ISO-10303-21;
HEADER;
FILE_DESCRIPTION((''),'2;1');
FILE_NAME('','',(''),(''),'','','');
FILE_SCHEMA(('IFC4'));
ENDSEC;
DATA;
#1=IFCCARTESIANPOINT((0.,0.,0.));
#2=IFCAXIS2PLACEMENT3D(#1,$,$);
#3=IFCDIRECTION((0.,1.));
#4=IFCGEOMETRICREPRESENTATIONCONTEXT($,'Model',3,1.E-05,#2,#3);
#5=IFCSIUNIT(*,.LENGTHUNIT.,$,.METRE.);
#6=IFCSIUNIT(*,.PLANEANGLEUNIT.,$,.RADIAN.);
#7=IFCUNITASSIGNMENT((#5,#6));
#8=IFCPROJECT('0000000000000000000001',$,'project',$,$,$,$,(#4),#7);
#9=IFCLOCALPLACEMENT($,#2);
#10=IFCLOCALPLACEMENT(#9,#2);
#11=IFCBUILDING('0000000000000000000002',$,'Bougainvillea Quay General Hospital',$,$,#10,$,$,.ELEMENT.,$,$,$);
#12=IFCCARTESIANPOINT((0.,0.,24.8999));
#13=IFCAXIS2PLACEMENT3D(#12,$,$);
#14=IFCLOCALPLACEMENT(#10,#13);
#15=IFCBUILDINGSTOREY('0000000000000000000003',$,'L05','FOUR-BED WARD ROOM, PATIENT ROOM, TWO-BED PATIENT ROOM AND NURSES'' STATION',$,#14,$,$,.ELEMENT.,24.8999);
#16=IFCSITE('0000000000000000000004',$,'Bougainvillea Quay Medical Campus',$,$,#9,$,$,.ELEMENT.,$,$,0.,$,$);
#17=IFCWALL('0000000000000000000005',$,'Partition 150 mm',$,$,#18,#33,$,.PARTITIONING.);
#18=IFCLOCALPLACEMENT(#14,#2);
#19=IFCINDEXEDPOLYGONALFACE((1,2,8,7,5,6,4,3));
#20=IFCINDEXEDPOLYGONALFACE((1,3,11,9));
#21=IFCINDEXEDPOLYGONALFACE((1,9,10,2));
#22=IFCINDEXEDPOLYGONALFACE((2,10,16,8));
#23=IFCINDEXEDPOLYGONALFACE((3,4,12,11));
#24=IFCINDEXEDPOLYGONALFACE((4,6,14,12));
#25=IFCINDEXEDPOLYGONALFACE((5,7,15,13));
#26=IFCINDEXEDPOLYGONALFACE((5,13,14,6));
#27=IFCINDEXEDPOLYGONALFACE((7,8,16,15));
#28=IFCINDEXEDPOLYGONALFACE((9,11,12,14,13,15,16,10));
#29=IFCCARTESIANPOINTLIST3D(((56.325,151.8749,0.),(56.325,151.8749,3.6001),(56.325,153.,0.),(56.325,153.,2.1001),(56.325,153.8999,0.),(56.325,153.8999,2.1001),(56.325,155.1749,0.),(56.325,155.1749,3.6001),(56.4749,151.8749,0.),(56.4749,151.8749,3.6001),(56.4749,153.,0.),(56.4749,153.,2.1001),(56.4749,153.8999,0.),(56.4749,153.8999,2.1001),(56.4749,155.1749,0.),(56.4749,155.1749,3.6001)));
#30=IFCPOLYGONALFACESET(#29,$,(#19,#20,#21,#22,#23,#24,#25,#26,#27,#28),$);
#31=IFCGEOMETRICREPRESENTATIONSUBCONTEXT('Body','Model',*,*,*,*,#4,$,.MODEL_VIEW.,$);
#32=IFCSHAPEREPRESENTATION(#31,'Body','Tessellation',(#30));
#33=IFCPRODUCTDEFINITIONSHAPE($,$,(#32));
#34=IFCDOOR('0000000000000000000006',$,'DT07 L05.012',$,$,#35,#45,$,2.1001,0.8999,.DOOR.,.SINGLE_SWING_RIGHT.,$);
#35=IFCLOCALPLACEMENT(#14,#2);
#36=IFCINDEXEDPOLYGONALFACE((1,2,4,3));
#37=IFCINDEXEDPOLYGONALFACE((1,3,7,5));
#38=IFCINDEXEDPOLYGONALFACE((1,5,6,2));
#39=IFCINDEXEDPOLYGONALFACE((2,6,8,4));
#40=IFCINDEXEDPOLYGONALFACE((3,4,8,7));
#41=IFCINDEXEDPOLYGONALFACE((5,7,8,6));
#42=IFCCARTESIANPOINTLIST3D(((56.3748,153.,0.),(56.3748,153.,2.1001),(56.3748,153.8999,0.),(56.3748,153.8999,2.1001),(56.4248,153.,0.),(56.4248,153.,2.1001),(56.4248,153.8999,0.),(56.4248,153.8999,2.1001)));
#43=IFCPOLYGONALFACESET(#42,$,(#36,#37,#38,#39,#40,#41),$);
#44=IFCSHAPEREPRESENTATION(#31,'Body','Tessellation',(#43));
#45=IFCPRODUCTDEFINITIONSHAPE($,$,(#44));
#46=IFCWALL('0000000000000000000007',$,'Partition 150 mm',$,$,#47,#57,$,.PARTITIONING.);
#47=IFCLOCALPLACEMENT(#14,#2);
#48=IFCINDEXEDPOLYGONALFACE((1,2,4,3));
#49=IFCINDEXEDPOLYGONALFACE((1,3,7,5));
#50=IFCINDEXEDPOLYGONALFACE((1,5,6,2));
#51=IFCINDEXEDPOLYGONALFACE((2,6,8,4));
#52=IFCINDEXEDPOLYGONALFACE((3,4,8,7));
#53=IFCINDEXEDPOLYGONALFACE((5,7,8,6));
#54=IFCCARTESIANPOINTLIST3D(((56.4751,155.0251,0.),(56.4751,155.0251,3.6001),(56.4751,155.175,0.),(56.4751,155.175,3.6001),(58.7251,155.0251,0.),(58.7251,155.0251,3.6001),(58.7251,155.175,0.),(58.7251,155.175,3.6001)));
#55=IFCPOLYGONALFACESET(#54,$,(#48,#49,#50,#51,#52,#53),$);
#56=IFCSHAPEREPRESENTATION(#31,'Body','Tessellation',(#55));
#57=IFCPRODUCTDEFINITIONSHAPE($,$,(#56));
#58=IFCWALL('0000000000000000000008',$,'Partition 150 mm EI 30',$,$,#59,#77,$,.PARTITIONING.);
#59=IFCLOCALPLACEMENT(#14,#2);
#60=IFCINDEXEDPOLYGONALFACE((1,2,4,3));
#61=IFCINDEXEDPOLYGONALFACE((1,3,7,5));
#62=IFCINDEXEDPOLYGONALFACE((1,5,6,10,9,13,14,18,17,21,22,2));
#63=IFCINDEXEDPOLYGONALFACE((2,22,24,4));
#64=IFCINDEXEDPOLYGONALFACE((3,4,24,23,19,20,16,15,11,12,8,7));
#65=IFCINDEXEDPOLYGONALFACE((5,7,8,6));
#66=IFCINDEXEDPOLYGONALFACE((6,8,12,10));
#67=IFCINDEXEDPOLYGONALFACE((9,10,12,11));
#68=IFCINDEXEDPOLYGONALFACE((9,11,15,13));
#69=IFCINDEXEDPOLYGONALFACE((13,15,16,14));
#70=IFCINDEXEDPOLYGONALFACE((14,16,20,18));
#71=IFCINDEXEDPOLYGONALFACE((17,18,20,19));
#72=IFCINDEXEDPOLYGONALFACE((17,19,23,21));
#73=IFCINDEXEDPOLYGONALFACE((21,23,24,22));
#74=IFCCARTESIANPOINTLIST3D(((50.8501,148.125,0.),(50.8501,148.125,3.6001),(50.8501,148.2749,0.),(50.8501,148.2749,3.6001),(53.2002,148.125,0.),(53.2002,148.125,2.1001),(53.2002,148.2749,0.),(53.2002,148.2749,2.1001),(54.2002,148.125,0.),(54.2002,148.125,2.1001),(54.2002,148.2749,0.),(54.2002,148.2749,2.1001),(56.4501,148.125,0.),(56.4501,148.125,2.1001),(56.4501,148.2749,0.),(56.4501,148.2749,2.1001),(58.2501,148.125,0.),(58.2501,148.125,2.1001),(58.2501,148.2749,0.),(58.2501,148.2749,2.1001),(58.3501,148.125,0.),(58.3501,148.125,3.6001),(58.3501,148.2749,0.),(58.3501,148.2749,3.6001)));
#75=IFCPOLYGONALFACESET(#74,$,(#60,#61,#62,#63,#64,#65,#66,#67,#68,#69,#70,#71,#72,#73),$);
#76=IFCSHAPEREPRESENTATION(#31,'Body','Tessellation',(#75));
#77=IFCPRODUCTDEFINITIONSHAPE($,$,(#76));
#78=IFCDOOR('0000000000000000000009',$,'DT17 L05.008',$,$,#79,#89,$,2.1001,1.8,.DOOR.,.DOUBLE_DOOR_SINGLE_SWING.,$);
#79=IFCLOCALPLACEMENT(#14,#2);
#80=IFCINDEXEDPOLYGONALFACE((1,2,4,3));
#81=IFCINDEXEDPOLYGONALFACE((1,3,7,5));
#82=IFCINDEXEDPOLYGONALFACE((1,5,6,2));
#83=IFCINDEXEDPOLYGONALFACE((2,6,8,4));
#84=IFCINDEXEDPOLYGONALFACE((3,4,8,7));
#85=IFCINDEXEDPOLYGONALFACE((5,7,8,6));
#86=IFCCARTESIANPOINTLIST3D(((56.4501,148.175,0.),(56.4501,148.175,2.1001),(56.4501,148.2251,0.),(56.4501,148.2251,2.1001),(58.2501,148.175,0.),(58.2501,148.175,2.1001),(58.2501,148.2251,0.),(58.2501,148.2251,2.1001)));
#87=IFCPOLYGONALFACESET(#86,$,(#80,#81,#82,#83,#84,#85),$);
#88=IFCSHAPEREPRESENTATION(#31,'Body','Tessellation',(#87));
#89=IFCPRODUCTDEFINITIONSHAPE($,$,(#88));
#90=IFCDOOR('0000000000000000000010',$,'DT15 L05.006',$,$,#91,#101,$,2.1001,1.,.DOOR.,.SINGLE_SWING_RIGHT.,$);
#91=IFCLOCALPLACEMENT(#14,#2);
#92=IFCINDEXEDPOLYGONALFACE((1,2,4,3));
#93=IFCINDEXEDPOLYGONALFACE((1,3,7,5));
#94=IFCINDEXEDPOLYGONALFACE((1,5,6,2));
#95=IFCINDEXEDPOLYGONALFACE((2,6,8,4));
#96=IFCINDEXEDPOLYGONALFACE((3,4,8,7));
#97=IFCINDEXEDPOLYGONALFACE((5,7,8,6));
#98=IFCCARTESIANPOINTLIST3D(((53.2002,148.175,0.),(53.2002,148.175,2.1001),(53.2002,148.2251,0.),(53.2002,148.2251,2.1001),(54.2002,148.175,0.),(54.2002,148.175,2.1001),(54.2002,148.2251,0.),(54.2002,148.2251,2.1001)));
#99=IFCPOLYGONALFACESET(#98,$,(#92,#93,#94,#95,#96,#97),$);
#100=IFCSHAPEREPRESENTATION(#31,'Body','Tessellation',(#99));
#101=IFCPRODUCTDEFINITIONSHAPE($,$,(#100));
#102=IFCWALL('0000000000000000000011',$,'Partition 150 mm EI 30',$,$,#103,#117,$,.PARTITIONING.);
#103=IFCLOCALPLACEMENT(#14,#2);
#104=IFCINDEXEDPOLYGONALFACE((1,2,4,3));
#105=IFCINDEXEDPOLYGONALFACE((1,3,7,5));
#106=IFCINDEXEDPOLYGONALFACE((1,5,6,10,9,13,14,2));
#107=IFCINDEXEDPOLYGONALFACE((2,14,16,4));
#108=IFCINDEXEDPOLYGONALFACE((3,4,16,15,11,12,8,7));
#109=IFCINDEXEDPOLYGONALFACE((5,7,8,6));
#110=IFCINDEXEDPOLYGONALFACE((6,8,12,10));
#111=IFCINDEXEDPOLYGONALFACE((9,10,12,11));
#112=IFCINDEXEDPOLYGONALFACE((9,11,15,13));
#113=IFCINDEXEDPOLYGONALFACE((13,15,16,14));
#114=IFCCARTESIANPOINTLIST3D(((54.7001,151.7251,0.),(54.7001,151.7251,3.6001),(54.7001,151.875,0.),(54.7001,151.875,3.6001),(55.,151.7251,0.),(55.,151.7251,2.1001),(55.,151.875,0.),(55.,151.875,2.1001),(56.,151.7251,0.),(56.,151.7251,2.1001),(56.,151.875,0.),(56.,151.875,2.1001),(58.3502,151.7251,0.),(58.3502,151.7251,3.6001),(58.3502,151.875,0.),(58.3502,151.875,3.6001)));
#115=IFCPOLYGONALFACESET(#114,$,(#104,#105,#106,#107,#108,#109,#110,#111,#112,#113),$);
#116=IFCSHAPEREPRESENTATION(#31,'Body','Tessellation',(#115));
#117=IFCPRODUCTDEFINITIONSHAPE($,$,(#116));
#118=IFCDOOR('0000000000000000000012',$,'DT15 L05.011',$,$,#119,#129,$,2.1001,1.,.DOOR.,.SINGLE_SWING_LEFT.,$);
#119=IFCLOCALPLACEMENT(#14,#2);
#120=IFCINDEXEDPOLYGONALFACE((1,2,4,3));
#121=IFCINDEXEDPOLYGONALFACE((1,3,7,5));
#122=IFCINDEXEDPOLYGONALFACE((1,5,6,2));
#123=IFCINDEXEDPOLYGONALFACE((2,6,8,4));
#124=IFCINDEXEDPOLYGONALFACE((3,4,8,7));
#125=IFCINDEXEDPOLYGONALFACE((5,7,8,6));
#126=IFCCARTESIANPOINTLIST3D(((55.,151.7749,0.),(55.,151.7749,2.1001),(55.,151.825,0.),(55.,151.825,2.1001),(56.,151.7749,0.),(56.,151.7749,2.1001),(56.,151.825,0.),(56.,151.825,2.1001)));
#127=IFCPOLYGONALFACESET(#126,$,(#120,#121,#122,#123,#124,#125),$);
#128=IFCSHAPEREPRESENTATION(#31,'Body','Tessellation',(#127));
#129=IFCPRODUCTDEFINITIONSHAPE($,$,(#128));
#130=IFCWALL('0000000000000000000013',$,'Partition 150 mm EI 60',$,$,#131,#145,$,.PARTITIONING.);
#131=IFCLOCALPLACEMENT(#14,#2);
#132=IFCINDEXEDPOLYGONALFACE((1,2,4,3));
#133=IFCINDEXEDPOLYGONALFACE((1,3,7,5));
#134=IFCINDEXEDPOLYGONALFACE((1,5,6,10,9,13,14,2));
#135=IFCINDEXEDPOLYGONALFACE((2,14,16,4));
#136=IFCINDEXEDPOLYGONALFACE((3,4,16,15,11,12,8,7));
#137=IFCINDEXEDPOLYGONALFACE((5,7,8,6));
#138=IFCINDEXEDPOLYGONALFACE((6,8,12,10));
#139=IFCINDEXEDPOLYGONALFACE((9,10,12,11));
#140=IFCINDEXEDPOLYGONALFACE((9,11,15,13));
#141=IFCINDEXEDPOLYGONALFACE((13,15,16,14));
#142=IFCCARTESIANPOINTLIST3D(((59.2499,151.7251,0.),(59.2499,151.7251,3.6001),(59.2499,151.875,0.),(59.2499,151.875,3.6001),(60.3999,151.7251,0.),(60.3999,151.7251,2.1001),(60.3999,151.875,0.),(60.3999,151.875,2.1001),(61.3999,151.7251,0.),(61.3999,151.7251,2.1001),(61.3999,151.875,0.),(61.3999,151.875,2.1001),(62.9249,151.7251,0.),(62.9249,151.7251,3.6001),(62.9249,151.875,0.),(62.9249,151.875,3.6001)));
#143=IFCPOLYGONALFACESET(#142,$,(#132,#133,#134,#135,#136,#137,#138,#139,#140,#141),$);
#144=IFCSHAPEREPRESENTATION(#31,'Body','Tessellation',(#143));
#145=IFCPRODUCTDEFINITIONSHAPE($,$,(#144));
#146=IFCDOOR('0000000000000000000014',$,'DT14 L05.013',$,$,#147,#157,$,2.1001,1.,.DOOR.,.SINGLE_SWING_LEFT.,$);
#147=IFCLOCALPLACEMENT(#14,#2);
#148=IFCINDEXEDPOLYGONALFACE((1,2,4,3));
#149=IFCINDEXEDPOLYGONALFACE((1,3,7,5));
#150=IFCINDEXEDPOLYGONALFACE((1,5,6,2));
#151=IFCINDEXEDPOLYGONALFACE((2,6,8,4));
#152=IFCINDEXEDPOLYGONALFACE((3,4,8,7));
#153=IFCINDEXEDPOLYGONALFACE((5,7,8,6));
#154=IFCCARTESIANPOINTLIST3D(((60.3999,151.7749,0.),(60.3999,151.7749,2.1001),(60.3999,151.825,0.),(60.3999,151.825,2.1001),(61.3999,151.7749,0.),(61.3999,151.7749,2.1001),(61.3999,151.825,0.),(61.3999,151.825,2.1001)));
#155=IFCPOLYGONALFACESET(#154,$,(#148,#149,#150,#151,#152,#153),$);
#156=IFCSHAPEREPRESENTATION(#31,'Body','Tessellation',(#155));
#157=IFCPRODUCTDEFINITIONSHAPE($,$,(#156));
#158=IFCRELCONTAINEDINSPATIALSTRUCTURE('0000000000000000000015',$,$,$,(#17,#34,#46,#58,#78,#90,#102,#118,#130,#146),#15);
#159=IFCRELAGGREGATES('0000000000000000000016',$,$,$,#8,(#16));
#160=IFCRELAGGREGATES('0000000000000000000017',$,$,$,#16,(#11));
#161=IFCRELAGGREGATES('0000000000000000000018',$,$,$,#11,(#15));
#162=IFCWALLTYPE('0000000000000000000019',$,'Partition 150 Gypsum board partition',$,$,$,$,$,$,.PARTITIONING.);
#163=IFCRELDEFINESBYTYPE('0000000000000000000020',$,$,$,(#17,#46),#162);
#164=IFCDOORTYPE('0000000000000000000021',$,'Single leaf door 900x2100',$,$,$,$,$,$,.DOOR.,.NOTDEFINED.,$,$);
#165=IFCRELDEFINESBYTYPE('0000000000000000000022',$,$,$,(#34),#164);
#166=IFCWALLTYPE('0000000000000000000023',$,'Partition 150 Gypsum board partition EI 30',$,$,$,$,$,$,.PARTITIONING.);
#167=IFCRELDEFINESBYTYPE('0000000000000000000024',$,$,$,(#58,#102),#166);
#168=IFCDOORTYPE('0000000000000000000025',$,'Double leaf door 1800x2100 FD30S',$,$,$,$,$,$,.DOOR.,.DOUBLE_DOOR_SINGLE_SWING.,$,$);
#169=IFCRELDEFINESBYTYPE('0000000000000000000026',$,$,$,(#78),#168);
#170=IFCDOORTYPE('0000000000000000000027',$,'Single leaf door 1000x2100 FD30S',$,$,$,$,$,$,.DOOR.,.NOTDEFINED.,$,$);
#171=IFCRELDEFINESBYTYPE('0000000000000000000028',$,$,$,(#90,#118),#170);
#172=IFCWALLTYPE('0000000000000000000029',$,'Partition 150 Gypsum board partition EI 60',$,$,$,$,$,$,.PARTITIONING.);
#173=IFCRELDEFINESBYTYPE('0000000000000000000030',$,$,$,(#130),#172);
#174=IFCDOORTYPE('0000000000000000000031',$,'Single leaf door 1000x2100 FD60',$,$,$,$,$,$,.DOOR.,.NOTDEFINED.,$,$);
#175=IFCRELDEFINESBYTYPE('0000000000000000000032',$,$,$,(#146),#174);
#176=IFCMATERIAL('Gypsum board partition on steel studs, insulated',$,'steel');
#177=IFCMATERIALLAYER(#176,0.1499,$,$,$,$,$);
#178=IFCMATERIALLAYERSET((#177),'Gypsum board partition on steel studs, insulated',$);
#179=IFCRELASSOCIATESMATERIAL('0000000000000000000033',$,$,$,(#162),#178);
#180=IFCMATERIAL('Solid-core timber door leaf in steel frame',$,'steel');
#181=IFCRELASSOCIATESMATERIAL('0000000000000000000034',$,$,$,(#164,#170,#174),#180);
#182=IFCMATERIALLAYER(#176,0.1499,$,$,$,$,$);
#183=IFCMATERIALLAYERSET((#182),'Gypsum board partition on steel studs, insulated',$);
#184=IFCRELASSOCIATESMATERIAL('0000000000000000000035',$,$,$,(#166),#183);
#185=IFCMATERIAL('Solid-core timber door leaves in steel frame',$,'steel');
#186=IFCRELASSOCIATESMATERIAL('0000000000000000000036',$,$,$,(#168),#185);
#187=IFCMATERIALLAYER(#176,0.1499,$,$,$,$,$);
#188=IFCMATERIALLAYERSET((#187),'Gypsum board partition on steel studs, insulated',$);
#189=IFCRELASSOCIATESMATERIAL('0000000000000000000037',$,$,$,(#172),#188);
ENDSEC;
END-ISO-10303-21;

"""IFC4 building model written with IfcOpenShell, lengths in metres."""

from ifc_helpers import new_model, si_unit, direction, frame, frame_2d, origin, place, context, subcontext, project, spatial, rectangle, extrude, material, layer, layer_set, type_object, element, fill, save


model = new_model("IFC4")

# Units and contexts
model_context = context("Model", 3, precision=1e-05, world=origin(), true_north=direction((0.0, 1.0)))
body_context = subcontext(model_context, "Body", "Model", "MODEL_VIEW")
ifc_project = project(units=[si_unit("LENGTHUNIT", "METRE"), si_unit("PLANEANGLEUNIT", "RADIAN")], contexts=[model_context])

# Site, building, storey
site_placement = place(None, origin())
site = spatial("IfcSite", under=ifc_project, at=site_placement, Name="Bougainvillea Quay Medical Campus", CompositionType="ELEMENT", RefElevation=0.0)
building_placement = place(site_placement, origin())
building = spatial("IfcBuilding", under=site, at=building_placement, Name="Bougainvillea Quay General Hospital", CompositionType="ELEMENT")
storey_placement = place(building_placement, frame((0.0, 0.0, 24.8999)))
storey = spatial("IfcBuildingStorey", under=building, at=storey_placement, Name="L05", Description="FOUR-BED WARD ROOM, PATIENT ROOM, TWO-BED PATIENT ROOM AND NURSES' STATION", CompositionType="ELEMENT", Elevation=24.8999)

# Shared definitions
ifc_material_1 = material(Name="Gypsum board partition on steel studs, insulated", Category="steel")
ifc_layer_1 = layer(ifc_material_1, 0.1499)
ifc_layer_set_1 = layer_set([ifc_layer_1], Name="Gypsum board partition on steel studs, insulated")
wall_type_1 = type_object("IfcWallType", Name="Partition 150 Gypsum board partition", PredefinedType="PARTITIONING", material=ifc_layer_set_1)

# Wall, opening, door
wall_1_placement = place(storey_placement, frame((56.3999, 151.875, 0.0), z_axis=(0.0, 0.0, 1.0), x_axis=(0.0, 1.0, 0.0)))
wall_1 = element("IfcWall", 1, at=wall_1_placement, inside=storey, type_object=wall_type_1, Name="Partition 150 mm", PredefinedType="PARTITIONING", context=body_context, shape_type="SweptSolid", body=[
    extrude(rectangle(XDim=3.3, YDim=0.1499, at=frame_2d((1.6499, 0.0))), origin(), (0.0, 0.0, 1.0), 3.6001),
])
opening_1_placement = place(wall_1_placement, frame((1.125, 0.0, 0.0)))
opening_1 = element("IfcOpeningElement", 2, at=opening_1_placement, cuts=wall_1, PredefinedType="OPENING", context=body_context, shape_type="SweptSolid", body=[
    extrude(rectangle(XDim=0.8999, YDim=2.1001, at=frame_2d((0.45, 1.05))), frame((0.0, 0.085, 0.0), z_axis=(0.0, -1.0, 0.0), x_axis=(1.0, 0.0, 0.0)), (0.0, 0.0, 1.0), 0.1699),
])
ifc_material_2 = material(Name="Solid-core timber door leaf in steel frame", Category="steel")
door_type_1 = type_object("IfcDoorType", Name="Single leaf door 900x2100", OperationType="NOTDEFINED", PredefinedType="DOOR", material=ifc_material_2)
door_1_placement = place(opening_1_placement, frame((0.8999, 0.0, 0.0), z_axis=(0.0, 0.0, 1.0), x_axis=(-1.0, 0.0, 0.0)))
door_1 = element("IfcDoor", 3, at=door_1_placement, inside=storey, type_object=door_type_1, Name="DT07 L05.012", OperationType="SINGLE_SWING_RIGHT", OverallHeight=2.1001, OverallWidth=0.8999, PredefinedType="DOOR", context=body_context, shape_type="SweptSolid", body=[
    extrude(rectangle(XDim=0.8999, YDim=2.1001, at=frame_2d((0.45, 1.05))), frame((0.0, 0.0249, 0.0), z_axis=(0.0, -1.0, 0.0), x_axis=(1.0, 0.0, 0.0)), (0.0, 0.0, 1.0), 0.05),
])
fill(opening_1, door_1)

# Wall
wall_2_placement = place(storey_placement, frame((56.4751, 155.1001, 0.0), z_axis=(0.0, 0.0, 1.0), x_axis=(1.0, 0.0, 0.0)))
element("IfcWall", 4, at=wall_2_placement, inside=storey, type_object=wall_type_1, Name="Partition 150 mm", PredefinedType="PARTITIONING", context=body_context, shape_type="SweptSolid", body=[
    extrude(rectangle(XDim=2.25, YDim=0.1499, at=frame_2d((1.125, 0.0))), origin(), (0.0, 0.0, 1.0), 3.6001),
])

# Wall, openings, doors
ifc_layer_2 = layer(ifc_material_1, 0.1499)
ifc_layer_set_2 = layer_set([ifc_layer_2], Name="Gypsum board partition on steel studs, insulated")
wall_type_2 = type_object("IfcWallType", Name="Partition 150 Gypsum board partition EI 30", PredefinedType="PARTITIONING", material=ifc_layer_set_2)
wall_3_placement = place(storey_placement, frame((58.3501, 148.2, 0.0), z_axis=(0.0, 0.0, 1.0), x_axis=(-1.0, 0.0, 0.0)))
wall_3 = element("IfcWall", 5, at=wall_3_placement, inside=storey, type_object=wall_type_2, Name="Partition 150 mm EI 30", PredefinedType="PARTITIONING", context=body_context, shape_type="SweptSolid", body=[
    extrude(rectangle(XDim=7.5, YDim=0.1499, at=frame_2d((3.75, 0.0))), origin(), (0.0, 0.0, 1.0), 3.6001),
])
opening_2_placement = place(wall_3_placement, frame((4.1499, 0.0, 0.0)))
opening_2 = element("IfcOpeningElement", 6, at=opening_2_placement, cuts=wall_3, PredefinedType="OPENING", context=body_context, shape_type="SweptSolid", body=[
    extrude(rectangle(XDim=1.0, YDim=2.1001, at=frame_2d((0.5, 1.05))), frame((0.0, 0.085, 0.0), z_axis=(0.0, -1.0, 0.0), x_axis=(1.0, 0.0, 0.0)), (0.0, 0.0, 1.0), 0.1699),
])
opening_3_placement = place(wall_3_placement, frame((0.1001, 0.0, 0.0)))
opening_3 = element("IfcOpeningElement", 7, at=opening_3_placement, cuts=wall_3, PredefinedType="OPENING", context=body_context, shape_type="SweptSolid", body=[
    extrude(rectangle(XDim=1.8, YDim=2.1001, at=frame_2d((0.8999, 1.05))), frame((0.0, 0.085, 0.0), z_axis=(0.0, -1.0, 0.0), x_axis=(1.0, 0.0, 0.0)), (0.0, 0.0, 1.0), 0.1699),
])
ifc_material_3 = material(Name="Solid-core timber door leaves in steel frame", Category="steel")
door_type_2 = type_object("IfcDoorType", Name="Double leaf door 1800x2100 FD30S", OperationType="DOUBLE_DOOR_SINGLE_SWING", PredefinedType="DOOR", material=ifc_material_3)
door_2_placement = place(opening_3_placement, origin())
door_2 = element("IfcDoor", 8, at=door_2_placement, inside=storey, type_object=door_type_2, Name="DT17 L05.008", OperationType="DOUBLE_DOOR_SINGLE_SWING", OverallHeight=2.1001, OverallWidth=1.8, PredefinedType="DOOR", context=body_context, shape_type="SweptSolid", body=[
    extrude(rectangle(XDim=1.8, YDim=2.1001, at=frame_2d((0.8999, 1.05))), frame((0.0, 0.0249, 0.0), z_axis=(0.0, -1.0, 0.0), x_axis=(1.0, 0.0, 0.0)), (0.0, 0.0, 1.0), 0.05),
])
fill(opening_3, door_2)
door_type_3 = type_object("IfcDoorType", Name="Single leaf door 1000x2100 FD30S", OperationType="NOTDEFINED", PredefinedType="DOOR", material=ifc_material_2)
door_3_placement = place(opening_2_placement, origin())
door_3 = element("IfcDoor", 9, at=door_3_placement, inside=storey, type_object=door_type_3, Name="DT15 L05.006", OperationType="SINGLE_SWING_RIGHT", OverallHeight=2.1001, OverallWidth=1.0, PredefinedType="DOOR", context=body_context, shape_type="SweptSolid", body=[
    extrude(rectangle(XDim=1.0, YDim=2.1001, at=frame_2d((0.5, 1.05))), frame((0.0, 0.0249, 0.0), z_axis=(0.0, -1.0, 0.0), x_axis=(1.0, 0.0, 0.0)), (0.0, 0.0, 1.0), 0.05),
])
fill(opening_2, door_3)

# Walls, openings, doors
wall_4_placement = place(storey_placement, frame((54.7, 151.8, 0.0), z_axis=(0.0, 0.0, 1.0), x_axis=(1.0, 0.0, 0.0)))
wall_4 = element("IfcWall", 10, at=wall_4_placement, inside=storey, type_object=wall_type_2, Name="Partition 150 mm EI 30", PredefinedType="PARTITIONING", context=body_context, shape_type="SweptSolid", body=[
    extrude(rectangle(XDim=3.6501, YDim=0.1499, at=frame_2d((1.8252, 0.0))), origin(), (0.0, 0.0, 1.0), 3.6001),
])
opening_4_placement = place(wall_4_placement, frame((0.3, 0.0, 0.0)))
opening_4 = element("IfcOpeningElement", 11, at=opening_4_placement, cuts=wall_4, PredefinedType="OPENING", context=body_context, shape_type="SweptSolid", body=[
    extrude(rectangle(XDim=1.0, YDim=2.1001, at=frame_2d((0.5, 1.05))), frame((0.0, 0.085, 0.0), z_axis=(0.0, -1.0, 0.0), x_axis=(1.0, 0.0, 0.0)), (0.0, 0.0, 1.0), 0.1699),
])
door_4_placement = place(opening_4_placement, origin())
door_4 = element("IfcDoor", 12, at=door_4_placement, inside=storey, type_object=door_type_3, Name="DT15 L05.011", OperationType="SINGLE_SWING_LEFT", OverallHeight=2.1001, OverallWidth=1.0, PredefinedType="DOOR", context=body_context, shape_type="SweptSolid", body=[
    extrude(rectangle(XDim=1.0, YDim=2.1001, at=frame_2d((0.5, 1.05))), frame((0.0, 0.0249, 0.0), z_axis=(0.0, -1.0, 0.0), x_axis=(1.0, 0.0, 0.0)), (0.0, 0.0, 1.0), 0.05),
])
fill(opening_4, door_4)
ifc_layer_3 = layer(ifc_material_1, 0.1499)
ifc_layer_set_3 = layer_set([ifc_layer_3], Name="Gypsum board partition on steel studs, insulated")
wall_type_3 = type_object("IfcWallType", Name="Partition 150 Gypsum board partition EI 60", PredefinedType="PARTITIONING", material=ifc_layer_set_3)
wall_5_placement = place(storey_placement, frame((59.25, 151.8, 0.0), z_axis=(0.0, 0.0, 1.0), x_axis=(1.0, 0.0, 0.0)))
wall_5 = element("IfcWall", 13, at=wall_5_placement, inside=storey, type_object=wall_type_3, Name="Partition 150 mm EI 60", PredefinedType="PARTITIONING", context=body_context, shape_type="SweptSolid", body=[
    extrude(rectangle(XDim=3.675, YDim=0.1499, at=frame_2d((1.8374, 0.0))), origin(), (0.0, 0.0, 1.0), 3.6001),
])
opening_5_placement = place(wall_5_placement, frame((1.1499, 0.0, 0.0)))
opening_5 = element("IfcOpeningElement", 14, at=opening_5_placement, cuts=wall_5, PredefinedType="OPENING", context=body_context, shape_type="SweptSolid", body=[
    extrude(rectangle(XDim=1.0, YDim=2.1001, at=frame_2d((0.5, 1.05))), frame((0.0, 0.085, 0.0), z_axis=(0.0, -1.0, 0.0), x_axis=(1.0, 0.0, 0.0)), (0.0, 0.0, 1.0), 0.1699),
])
door_type_4 = type_object("IfcDoorType", Name="Single leaf door 1000x2100 FD60", OperationType="NOTDEFINED", PredefinedType="DOOR", material=ifc_material_2)
door_5_placement = place(opening_5_placement, origin())
door_5 = element("IfcDoor", 15, at=door_5_placement, inside=storey, type_object=door_type_4, Name="DT14 L05.013", OperationType="SINGLE_SWING_LEFT", OverallHeight=2.1001, OverallWidth=1.0, PredefinedType="DOOR", context=body_context, shape_type="SweptSolid", body=[
    extrude(rectangle(XDim=1.0, YDim=2.1001, at=frame_2d((0.5, 1.05))), frame((0.0, 0.0249, 0.0), z_axis=(0.0, -1.0, 0.0), x_axis=(1.0, 0.0, 0.0)), (0.0, 0.0, 1.0), 0.05),
])
fill(opening_5, door_5)

save(model, "model.ifc")
